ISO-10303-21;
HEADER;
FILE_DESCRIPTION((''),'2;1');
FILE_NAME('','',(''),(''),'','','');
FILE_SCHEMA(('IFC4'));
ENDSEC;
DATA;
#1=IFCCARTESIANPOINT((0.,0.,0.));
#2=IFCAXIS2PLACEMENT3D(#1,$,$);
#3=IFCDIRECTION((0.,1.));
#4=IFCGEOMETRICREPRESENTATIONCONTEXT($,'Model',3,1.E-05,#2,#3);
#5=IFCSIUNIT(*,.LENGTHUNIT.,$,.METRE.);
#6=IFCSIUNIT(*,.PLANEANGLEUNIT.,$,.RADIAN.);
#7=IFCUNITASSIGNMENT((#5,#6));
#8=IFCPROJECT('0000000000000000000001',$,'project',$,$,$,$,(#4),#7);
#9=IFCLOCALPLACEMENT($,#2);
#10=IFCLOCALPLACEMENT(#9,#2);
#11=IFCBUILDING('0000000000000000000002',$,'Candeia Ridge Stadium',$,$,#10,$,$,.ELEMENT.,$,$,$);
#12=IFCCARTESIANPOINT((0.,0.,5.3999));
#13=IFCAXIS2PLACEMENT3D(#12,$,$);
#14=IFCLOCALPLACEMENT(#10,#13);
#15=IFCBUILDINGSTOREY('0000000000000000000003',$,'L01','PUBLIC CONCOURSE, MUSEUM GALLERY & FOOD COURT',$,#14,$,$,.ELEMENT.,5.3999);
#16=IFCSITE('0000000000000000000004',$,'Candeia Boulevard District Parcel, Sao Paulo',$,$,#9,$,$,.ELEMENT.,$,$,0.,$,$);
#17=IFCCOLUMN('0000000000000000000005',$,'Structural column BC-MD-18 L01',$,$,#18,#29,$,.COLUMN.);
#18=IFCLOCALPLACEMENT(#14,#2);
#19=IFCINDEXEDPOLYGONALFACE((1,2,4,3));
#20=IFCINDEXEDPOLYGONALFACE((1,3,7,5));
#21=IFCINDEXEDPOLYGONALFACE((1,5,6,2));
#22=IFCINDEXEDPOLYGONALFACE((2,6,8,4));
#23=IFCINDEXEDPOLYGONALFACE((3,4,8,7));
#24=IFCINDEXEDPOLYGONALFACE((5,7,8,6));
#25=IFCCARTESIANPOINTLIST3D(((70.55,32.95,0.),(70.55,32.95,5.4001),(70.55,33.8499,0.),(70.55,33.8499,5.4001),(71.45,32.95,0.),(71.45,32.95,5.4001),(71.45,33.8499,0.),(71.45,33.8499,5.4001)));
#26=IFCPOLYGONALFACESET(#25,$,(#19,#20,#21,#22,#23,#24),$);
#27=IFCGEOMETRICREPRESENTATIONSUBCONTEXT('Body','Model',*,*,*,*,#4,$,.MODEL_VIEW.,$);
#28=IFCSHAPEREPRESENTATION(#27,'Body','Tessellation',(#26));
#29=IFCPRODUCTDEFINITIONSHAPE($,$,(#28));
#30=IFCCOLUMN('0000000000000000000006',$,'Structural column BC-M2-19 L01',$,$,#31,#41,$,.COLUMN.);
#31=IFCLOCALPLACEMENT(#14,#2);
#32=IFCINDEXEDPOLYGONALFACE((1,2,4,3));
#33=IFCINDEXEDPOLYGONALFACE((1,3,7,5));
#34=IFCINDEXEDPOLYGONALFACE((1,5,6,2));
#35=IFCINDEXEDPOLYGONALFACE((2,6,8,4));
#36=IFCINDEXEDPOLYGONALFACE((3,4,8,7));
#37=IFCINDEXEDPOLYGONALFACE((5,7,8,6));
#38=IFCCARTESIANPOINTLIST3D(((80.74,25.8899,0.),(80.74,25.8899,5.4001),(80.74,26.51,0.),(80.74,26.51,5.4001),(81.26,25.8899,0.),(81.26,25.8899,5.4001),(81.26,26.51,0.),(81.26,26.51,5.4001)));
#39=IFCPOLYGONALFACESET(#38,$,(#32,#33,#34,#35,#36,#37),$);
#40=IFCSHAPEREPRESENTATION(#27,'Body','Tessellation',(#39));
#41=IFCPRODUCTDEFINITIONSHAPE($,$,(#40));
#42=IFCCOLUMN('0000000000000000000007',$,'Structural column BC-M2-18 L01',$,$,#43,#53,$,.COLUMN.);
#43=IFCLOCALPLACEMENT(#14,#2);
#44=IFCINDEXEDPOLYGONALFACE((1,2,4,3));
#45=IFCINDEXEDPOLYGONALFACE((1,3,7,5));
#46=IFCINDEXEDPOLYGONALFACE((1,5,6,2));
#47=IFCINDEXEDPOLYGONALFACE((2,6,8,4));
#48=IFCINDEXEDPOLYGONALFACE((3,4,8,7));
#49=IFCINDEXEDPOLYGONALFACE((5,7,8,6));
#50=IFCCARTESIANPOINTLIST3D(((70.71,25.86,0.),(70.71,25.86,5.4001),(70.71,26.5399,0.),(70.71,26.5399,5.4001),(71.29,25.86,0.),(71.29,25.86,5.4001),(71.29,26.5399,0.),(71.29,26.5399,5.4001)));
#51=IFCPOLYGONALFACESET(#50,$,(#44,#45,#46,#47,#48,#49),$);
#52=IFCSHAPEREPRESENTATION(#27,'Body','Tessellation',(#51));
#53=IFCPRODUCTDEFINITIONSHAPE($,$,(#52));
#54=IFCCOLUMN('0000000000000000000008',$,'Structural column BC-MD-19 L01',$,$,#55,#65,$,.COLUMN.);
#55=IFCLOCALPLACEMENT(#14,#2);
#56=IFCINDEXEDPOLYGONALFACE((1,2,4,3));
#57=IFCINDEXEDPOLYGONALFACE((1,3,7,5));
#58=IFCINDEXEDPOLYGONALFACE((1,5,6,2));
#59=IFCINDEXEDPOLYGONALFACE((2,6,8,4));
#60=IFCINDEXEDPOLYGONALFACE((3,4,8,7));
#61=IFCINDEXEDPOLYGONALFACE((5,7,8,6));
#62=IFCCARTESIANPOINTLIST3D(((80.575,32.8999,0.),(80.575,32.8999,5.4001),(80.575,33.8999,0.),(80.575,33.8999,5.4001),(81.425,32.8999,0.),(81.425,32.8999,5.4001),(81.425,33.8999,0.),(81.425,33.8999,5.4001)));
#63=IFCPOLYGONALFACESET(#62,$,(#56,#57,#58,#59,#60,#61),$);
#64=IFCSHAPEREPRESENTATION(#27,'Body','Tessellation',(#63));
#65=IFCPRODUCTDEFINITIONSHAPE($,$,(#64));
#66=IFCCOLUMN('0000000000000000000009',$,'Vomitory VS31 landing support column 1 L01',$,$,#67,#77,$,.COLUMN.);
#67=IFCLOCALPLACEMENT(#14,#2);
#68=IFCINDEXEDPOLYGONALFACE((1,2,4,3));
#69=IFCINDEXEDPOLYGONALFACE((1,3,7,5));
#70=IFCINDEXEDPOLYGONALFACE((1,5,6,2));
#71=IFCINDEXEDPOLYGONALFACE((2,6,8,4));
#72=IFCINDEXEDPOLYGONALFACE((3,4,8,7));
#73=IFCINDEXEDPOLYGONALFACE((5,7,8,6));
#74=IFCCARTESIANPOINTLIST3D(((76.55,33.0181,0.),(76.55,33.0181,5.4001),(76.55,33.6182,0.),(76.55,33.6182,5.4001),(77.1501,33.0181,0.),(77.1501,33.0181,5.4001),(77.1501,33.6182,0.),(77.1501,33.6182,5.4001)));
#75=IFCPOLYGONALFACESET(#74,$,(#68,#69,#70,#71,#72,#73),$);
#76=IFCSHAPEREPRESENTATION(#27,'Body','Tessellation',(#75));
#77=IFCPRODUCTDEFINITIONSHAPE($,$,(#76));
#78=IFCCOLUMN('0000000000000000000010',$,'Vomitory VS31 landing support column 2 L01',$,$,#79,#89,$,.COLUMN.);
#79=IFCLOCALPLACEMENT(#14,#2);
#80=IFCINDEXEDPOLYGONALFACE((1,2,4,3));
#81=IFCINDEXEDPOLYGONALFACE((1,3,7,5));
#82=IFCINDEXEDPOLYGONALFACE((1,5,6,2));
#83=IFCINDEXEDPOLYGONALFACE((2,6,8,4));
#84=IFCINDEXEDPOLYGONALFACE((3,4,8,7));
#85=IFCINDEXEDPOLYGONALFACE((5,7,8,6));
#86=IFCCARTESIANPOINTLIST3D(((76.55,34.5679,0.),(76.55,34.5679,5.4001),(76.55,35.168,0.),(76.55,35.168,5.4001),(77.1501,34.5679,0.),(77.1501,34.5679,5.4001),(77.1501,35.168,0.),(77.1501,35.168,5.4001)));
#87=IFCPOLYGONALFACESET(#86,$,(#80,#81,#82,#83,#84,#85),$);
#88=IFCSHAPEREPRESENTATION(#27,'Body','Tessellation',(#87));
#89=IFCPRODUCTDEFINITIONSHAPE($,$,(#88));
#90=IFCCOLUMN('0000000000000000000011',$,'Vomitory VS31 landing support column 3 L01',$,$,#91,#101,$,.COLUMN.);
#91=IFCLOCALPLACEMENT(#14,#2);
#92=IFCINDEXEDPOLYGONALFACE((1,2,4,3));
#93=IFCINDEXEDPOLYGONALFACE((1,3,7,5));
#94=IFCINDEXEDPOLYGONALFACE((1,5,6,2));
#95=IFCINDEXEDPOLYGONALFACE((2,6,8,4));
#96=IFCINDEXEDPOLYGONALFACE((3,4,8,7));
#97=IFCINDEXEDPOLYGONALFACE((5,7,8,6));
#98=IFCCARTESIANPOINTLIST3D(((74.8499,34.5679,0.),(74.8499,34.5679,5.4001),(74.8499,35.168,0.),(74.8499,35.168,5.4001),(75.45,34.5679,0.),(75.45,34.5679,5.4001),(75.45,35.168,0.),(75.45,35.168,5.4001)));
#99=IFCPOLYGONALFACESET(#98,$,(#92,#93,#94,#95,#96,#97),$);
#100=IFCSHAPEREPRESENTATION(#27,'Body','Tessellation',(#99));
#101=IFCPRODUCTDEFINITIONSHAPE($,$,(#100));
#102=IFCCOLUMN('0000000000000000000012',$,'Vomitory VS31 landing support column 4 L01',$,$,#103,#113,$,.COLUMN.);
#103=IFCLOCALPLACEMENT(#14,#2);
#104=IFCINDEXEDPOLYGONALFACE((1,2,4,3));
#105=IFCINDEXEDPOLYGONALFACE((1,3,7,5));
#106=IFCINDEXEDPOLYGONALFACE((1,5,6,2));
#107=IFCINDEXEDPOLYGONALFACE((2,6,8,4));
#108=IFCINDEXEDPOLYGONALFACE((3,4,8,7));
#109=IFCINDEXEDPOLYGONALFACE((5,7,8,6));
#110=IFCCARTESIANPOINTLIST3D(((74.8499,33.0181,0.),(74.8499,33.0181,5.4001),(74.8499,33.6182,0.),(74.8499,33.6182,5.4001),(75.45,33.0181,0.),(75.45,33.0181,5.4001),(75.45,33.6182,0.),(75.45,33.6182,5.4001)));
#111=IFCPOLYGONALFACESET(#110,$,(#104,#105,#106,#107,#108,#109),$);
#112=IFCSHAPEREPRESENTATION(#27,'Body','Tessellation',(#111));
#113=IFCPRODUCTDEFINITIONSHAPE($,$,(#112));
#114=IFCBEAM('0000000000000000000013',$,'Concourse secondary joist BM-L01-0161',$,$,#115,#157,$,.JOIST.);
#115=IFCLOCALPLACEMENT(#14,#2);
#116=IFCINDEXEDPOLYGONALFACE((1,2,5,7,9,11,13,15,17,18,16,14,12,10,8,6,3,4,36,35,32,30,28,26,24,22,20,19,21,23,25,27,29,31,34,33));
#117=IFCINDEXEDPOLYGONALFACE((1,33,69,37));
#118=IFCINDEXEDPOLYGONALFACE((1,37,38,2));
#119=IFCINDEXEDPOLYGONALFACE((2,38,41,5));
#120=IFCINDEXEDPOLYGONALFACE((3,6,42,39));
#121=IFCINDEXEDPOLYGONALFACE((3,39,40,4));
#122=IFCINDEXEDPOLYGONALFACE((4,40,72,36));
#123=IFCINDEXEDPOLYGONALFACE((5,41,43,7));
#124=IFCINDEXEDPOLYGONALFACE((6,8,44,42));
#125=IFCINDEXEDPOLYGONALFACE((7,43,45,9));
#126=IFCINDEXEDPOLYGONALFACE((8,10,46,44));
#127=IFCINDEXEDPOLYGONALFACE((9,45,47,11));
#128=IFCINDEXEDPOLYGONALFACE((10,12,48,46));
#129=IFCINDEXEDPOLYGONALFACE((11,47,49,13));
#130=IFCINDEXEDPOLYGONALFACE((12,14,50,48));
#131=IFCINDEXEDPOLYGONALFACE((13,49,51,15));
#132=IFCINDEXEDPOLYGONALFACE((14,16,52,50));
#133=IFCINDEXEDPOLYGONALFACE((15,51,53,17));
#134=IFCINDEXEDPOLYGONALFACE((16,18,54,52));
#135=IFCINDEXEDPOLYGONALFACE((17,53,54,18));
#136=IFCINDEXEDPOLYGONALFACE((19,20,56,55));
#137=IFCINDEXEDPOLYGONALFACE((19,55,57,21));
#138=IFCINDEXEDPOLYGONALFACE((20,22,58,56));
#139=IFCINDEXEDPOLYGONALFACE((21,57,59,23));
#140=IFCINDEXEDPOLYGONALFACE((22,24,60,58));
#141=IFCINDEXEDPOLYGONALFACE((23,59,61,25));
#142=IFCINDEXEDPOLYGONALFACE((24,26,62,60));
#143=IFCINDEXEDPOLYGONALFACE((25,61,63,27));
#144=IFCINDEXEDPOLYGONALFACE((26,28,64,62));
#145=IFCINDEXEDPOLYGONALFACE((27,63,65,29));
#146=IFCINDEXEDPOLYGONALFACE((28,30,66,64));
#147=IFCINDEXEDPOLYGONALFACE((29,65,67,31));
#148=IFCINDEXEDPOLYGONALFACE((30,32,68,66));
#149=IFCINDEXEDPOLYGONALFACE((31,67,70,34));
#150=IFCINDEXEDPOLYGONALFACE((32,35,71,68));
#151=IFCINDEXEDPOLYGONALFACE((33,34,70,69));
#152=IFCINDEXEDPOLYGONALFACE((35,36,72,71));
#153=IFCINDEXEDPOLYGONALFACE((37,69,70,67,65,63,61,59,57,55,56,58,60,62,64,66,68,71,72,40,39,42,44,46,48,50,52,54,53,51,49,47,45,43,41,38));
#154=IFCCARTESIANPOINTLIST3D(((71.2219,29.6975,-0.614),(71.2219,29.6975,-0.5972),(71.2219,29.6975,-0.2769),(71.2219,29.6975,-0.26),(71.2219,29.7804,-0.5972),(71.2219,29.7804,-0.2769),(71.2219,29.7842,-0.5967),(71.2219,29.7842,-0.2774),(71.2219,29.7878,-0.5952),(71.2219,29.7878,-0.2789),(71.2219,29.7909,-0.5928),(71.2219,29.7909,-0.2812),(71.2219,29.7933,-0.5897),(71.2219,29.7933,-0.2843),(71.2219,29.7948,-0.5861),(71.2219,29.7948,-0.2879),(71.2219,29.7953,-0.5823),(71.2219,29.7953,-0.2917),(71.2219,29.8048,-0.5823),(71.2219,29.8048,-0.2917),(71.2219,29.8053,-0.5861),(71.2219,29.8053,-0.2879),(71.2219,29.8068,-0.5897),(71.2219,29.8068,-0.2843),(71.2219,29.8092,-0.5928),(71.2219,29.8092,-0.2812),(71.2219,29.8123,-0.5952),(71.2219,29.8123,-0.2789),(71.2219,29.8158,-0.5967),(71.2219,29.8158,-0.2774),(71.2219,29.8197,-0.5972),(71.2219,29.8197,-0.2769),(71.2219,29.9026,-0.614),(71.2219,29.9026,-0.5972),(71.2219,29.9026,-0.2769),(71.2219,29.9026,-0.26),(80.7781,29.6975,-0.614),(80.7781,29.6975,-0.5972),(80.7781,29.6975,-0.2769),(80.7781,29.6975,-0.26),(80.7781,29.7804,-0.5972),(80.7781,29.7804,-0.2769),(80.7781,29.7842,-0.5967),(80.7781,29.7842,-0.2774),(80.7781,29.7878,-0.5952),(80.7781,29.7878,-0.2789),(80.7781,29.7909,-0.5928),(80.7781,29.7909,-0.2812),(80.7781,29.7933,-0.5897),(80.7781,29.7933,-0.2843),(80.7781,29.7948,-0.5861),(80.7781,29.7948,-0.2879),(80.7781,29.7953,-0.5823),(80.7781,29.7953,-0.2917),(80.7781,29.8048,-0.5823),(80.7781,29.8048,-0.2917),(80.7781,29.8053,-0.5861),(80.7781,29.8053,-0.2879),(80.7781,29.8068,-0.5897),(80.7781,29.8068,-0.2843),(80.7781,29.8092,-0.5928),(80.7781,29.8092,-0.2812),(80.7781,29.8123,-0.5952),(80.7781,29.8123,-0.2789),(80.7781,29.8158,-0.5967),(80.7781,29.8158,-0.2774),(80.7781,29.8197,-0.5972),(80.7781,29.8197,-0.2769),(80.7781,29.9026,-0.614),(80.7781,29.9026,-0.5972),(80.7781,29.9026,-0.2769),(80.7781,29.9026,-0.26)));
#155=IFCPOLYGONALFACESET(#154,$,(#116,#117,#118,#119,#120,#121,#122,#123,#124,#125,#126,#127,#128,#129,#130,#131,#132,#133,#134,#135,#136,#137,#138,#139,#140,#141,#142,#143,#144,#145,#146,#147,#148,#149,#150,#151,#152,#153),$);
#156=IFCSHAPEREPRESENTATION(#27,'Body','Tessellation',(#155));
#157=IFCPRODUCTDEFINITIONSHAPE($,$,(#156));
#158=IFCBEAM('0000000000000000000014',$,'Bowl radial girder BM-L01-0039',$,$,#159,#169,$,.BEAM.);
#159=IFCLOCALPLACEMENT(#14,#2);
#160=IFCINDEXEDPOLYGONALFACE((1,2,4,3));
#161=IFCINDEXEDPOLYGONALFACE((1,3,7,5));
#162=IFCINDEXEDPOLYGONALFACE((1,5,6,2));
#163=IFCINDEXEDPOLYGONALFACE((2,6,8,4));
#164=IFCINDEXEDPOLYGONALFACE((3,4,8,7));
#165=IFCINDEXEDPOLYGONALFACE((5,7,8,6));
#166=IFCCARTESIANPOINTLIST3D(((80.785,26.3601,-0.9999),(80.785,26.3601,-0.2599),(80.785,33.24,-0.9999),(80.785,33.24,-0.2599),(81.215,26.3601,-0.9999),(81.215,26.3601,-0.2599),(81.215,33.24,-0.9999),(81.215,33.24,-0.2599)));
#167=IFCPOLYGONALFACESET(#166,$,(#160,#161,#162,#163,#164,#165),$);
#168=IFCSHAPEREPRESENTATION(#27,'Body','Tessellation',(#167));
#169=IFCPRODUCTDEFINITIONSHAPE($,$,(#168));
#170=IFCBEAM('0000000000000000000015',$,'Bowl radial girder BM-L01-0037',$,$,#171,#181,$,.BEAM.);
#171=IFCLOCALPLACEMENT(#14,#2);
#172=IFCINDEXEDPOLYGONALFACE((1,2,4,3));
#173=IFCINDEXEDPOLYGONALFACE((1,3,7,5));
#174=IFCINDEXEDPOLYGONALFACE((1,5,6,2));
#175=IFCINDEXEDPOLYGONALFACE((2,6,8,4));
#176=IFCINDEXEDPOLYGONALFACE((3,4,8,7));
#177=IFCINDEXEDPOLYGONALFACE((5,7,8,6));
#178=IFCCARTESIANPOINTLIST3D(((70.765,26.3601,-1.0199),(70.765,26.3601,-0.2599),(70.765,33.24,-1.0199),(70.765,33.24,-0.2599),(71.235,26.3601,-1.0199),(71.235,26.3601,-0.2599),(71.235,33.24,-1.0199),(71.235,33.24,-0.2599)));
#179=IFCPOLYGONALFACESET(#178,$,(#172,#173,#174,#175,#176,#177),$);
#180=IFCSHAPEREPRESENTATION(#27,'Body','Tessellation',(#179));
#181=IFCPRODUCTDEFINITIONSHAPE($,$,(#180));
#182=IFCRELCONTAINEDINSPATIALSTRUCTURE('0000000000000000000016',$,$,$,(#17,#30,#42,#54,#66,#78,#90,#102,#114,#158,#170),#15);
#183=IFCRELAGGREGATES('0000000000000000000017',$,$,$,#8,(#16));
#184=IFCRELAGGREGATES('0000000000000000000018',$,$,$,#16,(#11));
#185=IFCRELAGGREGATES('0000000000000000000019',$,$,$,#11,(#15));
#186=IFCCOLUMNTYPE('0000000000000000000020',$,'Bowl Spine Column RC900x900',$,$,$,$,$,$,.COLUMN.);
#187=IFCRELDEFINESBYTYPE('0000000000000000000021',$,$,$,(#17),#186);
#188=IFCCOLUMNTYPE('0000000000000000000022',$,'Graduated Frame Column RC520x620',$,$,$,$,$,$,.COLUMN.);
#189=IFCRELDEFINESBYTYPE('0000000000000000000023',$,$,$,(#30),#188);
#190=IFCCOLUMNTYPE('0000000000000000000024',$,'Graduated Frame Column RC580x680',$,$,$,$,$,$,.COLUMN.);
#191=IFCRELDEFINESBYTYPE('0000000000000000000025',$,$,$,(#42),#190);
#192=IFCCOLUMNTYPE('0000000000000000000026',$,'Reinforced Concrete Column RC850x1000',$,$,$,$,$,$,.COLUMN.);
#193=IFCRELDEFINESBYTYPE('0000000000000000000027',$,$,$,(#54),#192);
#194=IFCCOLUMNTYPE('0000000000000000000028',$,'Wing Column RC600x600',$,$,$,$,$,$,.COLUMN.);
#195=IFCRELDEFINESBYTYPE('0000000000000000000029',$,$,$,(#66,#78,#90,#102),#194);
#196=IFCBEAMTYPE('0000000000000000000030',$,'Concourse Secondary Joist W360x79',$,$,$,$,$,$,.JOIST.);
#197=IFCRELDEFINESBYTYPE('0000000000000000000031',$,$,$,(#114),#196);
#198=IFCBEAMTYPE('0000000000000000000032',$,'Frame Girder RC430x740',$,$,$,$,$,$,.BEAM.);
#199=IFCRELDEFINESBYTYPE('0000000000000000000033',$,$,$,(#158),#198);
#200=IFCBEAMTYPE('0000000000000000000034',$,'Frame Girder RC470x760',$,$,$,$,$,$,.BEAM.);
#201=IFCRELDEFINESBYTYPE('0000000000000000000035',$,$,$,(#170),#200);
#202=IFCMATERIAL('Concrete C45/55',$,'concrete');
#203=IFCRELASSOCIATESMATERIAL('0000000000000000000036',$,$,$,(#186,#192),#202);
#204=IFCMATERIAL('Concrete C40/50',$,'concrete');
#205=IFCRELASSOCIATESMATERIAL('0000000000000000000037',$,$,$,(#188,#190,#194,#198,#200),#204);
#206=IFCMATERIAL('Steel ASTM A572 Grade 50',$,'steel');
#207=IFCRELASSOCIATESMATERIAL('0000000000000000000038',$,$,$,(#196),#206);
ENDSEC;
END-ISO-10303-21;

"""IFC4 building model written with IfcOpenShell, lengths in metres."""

from ifc_helpers import new_model, si_unit, direction, frame, origin, origin_2d, place, context, subcontext, project, spatial, rectangle, i_section, extrude, material, material_profile, profile_set, type_object, element, save


model = new_model("IFC4")

# Units and contexts
model_context = context("Model", 3, precision=1e-05, world=origin(), true_north=direction((0.0, 1.0)))
body_context = subcontext(model_context, "Body", "Model", "MODEL_VIEW")
ifc_project = project(units=[si_unit("LENGTHUNIT", "METRE"), si_unit("PLANEANGLEUNIT", "RADIAN")], contexts=[model_context])

# Site, building, storey
site_placement = place(None, origin())
site = spatial("IfcSite", under=ifc_project, at=site_placement, Name="Candeia Boulevard District Parcel, Sao Paulo", CompositionType="ELEMENT", RefElevation=0.0)
building_placement = place(site_placement, origin())
building = spatial("IfcBuilding", under=site, at=building_placement, Name="Candeia Ridge Stadium", CompositionType="ELEMENT")
storey_placement = place(building_placement, frame((0.0, 0.0, 5.3999)))
storey = spatial("IfcBuildingStorey", under=building, at=storey_placement, Name="L01", Description="PUBLIC CONCOURSE, MUSEUM GALLERY & FOOD COURT", CompositionType="ELEMENT", Elevation=5.3999)

# Columns
ifc_material_1 = material(Name="Concrete C45/55", Category="concrete")
ifc_material_profile_1 = material_profile(ifc_material_1, rectangle(XDim=0.8999, YDim=0.8999, at=origin_2d()), Name="RC900x900", Category="concrete")
ifc_profile_set_1 = profile_set([ifc_material_profile_1], Name="Concrete C45/55")
column_type_1 = type_object("IfcColumnType", Name="Bowl Spine Column RC900x900", PredefinedType="COLUMN", material=ifc_profile_set_1)
column_1_placement = place(storey_placement, frame((71.0, 33.3999, 0.0), z_axis=(0.0, 0.0, 1.0), x_axis=(1.0, 0.0, 0.0)))
element("IfcColumn", 1, at=column_1_placement, inside=storey, type_object=column_type_1, Name="Structural column BC-MD-18 L01", PredefinedType="COLUMN", context=body_context, shape_type="SweptSolid", body=[
    extrude(rectangle(XDim=0.8999, YDim=0.8999, at=origin_2d()), origin(), (0.0, 0.0, 1.0), 5.4001),
])
ifc_material_2 = material(Name="Concrete C40/50", Category="concrete")
ifc_material_profile_2 = material_profile(ifc_material_2, rectangle(XDim=0.52, YDim=0.6201, at=origin_2d()), Name="RC520x620", Category="concrete")
ifc_profile_set_2 = profile_set([ifc_material_profile_2], Name="Concrete C40/50")
column_type_2 = type_object("IfcColumnType", Name="Graduated Frame Column RC520x620", PredefinedType="COLUMN", material=ifc_profile_set_2)
column_2_placement = place(storey_placement, frame((81.0, 26.2, 0.0), z_axis=(0.0, 0.0, 1.0), x_axis=(1.0, 0.0, 0.0)))
element("IfcColumn", 2, at=column_2_placement, inside=storey, type_object=column_type_2, Name="Structural column BC-M2-19 L01", PredefinedType="COLUMN", context=body_context, shape_type="SweptSolid", body=[
    extrude(rectangle(XDim=0.52, YDim=0.6201, at=origin_2d()), origin(), (0.0, 0.0, 1.0), 5.4001),
])
ifc_material_profile_3 = material_profile(ifc_material_2, rectangle(XDim=0.5801, YDim=0.6799, at=origin_2d()), Name="RC580x680", Category="concrete")
ifc_profile_set_3 = profile_set([ifc_material_profile_3], Name="Concrete C40/50")
column_type_3 = type_object("IfcColumnType", Name="Graduated Frame Column RC580x680", PredefinedType="COLUMN", material=ifc_profile_set_3)
column_3_placement = place(storey_placement, frame((71.0, 26.2, 0.0), z_axis=(0.0, 0.0, 1.0), x_axis=(1.0, 0.0, 0.0)))
element("IfcColumn", 3, at=column_3_placement, inside=storey, type_object=column_type_3, Name="Structural column BC-M2-18 L01", PredefinedType="COLUMN", context=body_context, shape_type="SweptSolid", body=[
    extrude(rectangle(XDim=0.5801, YDim=0.6799, at=origin_2d()), origin(), (0.0, 0.0, 1.0), 5.4001),
])
ifc_material_profile_4 = material_profile(ifc_material_1, rectangle(XDim=0.8501, YDim=1.0, at=origin_2d()), Name="RC850x1000", Category="concrete")
ifc_profile_set_4 = profile_set([ifc_material_profile_4], Name="Concrete C45/55")
column_type_4 = type_object("IfcColumnType", Name="Reinforced Concrete Column RC850x1000", PredefinedType="COLUMN", material=ifc_profile_set_4)
column_4_placement = place(storey_placement, frame((81.0, 33.3999, 0.0), z_axis=(0.0, 0.0, 1.0), x_axis=(1.0, 0.0, 0.0)))
element("IfcColumn", 4, at=column_4_placement, inside=storey, type_object=column_type_4, Name="Structural column BC-MD-19 L01", PredefinedType="COLUMN", context=body_context, shape_type="SweptSolid", body=[
    extrude(rectangle(XDim=0.8501, YDim=1.0, at=origin_2d()), origin(), (0.0, 0.0, 1.0), 5.4001),
])
ifc_material_profile_5 = material_profile(ifc_material_2, rectangle(XDim=0.6001, YDim=0.6001, at=origin_2d()), Name="RC600x600", Category="concrete")
ifc_profile_set_5 = profile_set([ifc_material_profile_5], Name="Concrete C40/50")
column_type_5 = type_object("IfcColumnType", Name="Wing Column RC600x600", PredefinedType="COLUMN", material=ifc_profile_set_5)
for number, where, z_axis, x_axis, name in (
    (5, (76.8501, 33.3181, 0.0), (0.0, 0.0, 1.0), (1.0, 0.0, 0.0), "Vomitory VS31 landing support column 1 L01"),
    (6, (76.8501, 34.8679, 0.0), (0.0, 0.0, 1.0), (1.0, 0.0, 0.0), "Vomitory VS31 landing support column 2 L01"),
    (7, (75.1499, 34.8679, 0.0), (0.0, 0.0, 1.0), (1.0, 0.0, 0.0), "Vomitory VS31 landing support column 3 L01"),
    (8, (75.1499, 33.3181, 0.0), (0.0, 0.0, 1.0), (1.0, 0.0, 0.0), "Vomitory VS31 landing support column 4 L01"),
):
    element("IfcColumn", number, at=place(storey_placement, frame(where, z_axis=z_axis, x_axis=x_axis)), inside=storey, type_object=column_type_5, Name=name, PredefinedType="COLUMN", context=body_context, shape_type="SweptSolid", body=[
        extrude(rectangle(XDim=0.6001, YDim=0.6001, at=origin_2d()), origin(), (0.0, 0.0, 1.0), 5.4001),
    ])

# Beams
ifc_material_3 = material(Name="Steel ASTM A572 Grade 50", Category="steel")
ifc_material_profile_6 = material_profile(ifc_material_3, i_section(OverallWidth=0.2051, OverallDepth=0.354, WebThickness=0.0095, FlangeThickness=0.0168, FilletRadius=0.0149, at=origin_2d()), Name="W360x79", Category="steel")
ifc_profile_set_6 = profile_set([ifc_material_profile_6], Name="Steel ASTM A572 Grade 50")
beam_type_1 = type_object("IfcBeamType", Name="Concourse Secondary Joist W360x79", PredefinedType="JOIST", material=ifc_profile_set_6)
beam_1_placement = place(storey_placement, frame((71.2219, 29.8, -0.437), z_axis=(1.0, 0.0, 0.0), x_axis=(0.0, 1.0, 0.0)))
element("IfcBeam", 9, at=beam_1_placement, inside=storey, type_object=beam_type_1, Name="Concourse secondary joist BM-L01-0161", PredefinedType="JOIST", context=body_context, shape_type="SweptSolid", body=[
    extrude(i_section(OverallWidth=0.2051, OverallDepth=0.354, WebThickness=0.0095, FlangeThickness=0.0168, FilletRadius=0.0149, at=origin_2d()), origin(), (0.0, 0.0, 1.0), 9.5562),
])
ifc_material_profile_7 = material_profile(ifc_material_2, rectangle(XDim=0.4299, YDim=0.74, at=origin_2d()), Name="RC430x740", Category="concrete")
ifc_profile_set_7 = profile_set([ifc_material_profile_7], Name="Concrete C40/50")
beam_type_2 = type_object("IfcBeamType", Name="Frame Girder RC430x740", PredefinedType="BEAM", material=ifc_profile_set_7)
beam_2_placement = place(storey_placement, frame((81.0, 33.24, -0.6299), z_axis=(0.0, -1.0, 0.0), x_axis=(1.0, 0.0, 0.0)))
element("IfcBeam", 10, at=beam_2_placement, inside=storey, type_object=beam_type_2, Name="Bowl radial girder BM-L01-0039", PredefinedType="BEAM", context=body_context, shape_type="SweptSolid", body=[
    extrude(rectangle(XDim=0.4299, YDim=0.74, at=origin_2d()), origin(), (0.0, 0.0, 1.0), 6.8799),
])
ifc_material_profile_8 = material_profile(ifc_material_2, rectangle(XDim=0.47, YDim=0.76, at=origin_2d()), Name="RC470x760", Category="concrete")
ifc_profile_set_8 = profile_set([ifc_material_profile_8], Name="Concrete C40/50")
beam_type_3 = type_object("IfcBeamType", Name="Frame Girder RC470x760", PredefinedType="BEAM", material=ifc_profile_set_8)
beam_3_placement = place(storey_placement, frame((71.0, 33.24, -0.6399), z_axis=(0.0, -1.0, 0.0), x_axis=(1.0, 0.0, 0.0)))
element("IfcBeam", 11, at=beam_3_placement, inside=storey, type_object=beam_type_3, Name="Bowl radial girder BM-L01-0037", PredefinedType="BEAM", context=body_context, shape_type="SweptSolid", body=[
    extrude(rectangle(XDim=0.47, YDim=0.76, at=origin_2d()), origin(), (0.0, 0.0, 1.0), 6.8799),
])

save(model, "model.ifc")
